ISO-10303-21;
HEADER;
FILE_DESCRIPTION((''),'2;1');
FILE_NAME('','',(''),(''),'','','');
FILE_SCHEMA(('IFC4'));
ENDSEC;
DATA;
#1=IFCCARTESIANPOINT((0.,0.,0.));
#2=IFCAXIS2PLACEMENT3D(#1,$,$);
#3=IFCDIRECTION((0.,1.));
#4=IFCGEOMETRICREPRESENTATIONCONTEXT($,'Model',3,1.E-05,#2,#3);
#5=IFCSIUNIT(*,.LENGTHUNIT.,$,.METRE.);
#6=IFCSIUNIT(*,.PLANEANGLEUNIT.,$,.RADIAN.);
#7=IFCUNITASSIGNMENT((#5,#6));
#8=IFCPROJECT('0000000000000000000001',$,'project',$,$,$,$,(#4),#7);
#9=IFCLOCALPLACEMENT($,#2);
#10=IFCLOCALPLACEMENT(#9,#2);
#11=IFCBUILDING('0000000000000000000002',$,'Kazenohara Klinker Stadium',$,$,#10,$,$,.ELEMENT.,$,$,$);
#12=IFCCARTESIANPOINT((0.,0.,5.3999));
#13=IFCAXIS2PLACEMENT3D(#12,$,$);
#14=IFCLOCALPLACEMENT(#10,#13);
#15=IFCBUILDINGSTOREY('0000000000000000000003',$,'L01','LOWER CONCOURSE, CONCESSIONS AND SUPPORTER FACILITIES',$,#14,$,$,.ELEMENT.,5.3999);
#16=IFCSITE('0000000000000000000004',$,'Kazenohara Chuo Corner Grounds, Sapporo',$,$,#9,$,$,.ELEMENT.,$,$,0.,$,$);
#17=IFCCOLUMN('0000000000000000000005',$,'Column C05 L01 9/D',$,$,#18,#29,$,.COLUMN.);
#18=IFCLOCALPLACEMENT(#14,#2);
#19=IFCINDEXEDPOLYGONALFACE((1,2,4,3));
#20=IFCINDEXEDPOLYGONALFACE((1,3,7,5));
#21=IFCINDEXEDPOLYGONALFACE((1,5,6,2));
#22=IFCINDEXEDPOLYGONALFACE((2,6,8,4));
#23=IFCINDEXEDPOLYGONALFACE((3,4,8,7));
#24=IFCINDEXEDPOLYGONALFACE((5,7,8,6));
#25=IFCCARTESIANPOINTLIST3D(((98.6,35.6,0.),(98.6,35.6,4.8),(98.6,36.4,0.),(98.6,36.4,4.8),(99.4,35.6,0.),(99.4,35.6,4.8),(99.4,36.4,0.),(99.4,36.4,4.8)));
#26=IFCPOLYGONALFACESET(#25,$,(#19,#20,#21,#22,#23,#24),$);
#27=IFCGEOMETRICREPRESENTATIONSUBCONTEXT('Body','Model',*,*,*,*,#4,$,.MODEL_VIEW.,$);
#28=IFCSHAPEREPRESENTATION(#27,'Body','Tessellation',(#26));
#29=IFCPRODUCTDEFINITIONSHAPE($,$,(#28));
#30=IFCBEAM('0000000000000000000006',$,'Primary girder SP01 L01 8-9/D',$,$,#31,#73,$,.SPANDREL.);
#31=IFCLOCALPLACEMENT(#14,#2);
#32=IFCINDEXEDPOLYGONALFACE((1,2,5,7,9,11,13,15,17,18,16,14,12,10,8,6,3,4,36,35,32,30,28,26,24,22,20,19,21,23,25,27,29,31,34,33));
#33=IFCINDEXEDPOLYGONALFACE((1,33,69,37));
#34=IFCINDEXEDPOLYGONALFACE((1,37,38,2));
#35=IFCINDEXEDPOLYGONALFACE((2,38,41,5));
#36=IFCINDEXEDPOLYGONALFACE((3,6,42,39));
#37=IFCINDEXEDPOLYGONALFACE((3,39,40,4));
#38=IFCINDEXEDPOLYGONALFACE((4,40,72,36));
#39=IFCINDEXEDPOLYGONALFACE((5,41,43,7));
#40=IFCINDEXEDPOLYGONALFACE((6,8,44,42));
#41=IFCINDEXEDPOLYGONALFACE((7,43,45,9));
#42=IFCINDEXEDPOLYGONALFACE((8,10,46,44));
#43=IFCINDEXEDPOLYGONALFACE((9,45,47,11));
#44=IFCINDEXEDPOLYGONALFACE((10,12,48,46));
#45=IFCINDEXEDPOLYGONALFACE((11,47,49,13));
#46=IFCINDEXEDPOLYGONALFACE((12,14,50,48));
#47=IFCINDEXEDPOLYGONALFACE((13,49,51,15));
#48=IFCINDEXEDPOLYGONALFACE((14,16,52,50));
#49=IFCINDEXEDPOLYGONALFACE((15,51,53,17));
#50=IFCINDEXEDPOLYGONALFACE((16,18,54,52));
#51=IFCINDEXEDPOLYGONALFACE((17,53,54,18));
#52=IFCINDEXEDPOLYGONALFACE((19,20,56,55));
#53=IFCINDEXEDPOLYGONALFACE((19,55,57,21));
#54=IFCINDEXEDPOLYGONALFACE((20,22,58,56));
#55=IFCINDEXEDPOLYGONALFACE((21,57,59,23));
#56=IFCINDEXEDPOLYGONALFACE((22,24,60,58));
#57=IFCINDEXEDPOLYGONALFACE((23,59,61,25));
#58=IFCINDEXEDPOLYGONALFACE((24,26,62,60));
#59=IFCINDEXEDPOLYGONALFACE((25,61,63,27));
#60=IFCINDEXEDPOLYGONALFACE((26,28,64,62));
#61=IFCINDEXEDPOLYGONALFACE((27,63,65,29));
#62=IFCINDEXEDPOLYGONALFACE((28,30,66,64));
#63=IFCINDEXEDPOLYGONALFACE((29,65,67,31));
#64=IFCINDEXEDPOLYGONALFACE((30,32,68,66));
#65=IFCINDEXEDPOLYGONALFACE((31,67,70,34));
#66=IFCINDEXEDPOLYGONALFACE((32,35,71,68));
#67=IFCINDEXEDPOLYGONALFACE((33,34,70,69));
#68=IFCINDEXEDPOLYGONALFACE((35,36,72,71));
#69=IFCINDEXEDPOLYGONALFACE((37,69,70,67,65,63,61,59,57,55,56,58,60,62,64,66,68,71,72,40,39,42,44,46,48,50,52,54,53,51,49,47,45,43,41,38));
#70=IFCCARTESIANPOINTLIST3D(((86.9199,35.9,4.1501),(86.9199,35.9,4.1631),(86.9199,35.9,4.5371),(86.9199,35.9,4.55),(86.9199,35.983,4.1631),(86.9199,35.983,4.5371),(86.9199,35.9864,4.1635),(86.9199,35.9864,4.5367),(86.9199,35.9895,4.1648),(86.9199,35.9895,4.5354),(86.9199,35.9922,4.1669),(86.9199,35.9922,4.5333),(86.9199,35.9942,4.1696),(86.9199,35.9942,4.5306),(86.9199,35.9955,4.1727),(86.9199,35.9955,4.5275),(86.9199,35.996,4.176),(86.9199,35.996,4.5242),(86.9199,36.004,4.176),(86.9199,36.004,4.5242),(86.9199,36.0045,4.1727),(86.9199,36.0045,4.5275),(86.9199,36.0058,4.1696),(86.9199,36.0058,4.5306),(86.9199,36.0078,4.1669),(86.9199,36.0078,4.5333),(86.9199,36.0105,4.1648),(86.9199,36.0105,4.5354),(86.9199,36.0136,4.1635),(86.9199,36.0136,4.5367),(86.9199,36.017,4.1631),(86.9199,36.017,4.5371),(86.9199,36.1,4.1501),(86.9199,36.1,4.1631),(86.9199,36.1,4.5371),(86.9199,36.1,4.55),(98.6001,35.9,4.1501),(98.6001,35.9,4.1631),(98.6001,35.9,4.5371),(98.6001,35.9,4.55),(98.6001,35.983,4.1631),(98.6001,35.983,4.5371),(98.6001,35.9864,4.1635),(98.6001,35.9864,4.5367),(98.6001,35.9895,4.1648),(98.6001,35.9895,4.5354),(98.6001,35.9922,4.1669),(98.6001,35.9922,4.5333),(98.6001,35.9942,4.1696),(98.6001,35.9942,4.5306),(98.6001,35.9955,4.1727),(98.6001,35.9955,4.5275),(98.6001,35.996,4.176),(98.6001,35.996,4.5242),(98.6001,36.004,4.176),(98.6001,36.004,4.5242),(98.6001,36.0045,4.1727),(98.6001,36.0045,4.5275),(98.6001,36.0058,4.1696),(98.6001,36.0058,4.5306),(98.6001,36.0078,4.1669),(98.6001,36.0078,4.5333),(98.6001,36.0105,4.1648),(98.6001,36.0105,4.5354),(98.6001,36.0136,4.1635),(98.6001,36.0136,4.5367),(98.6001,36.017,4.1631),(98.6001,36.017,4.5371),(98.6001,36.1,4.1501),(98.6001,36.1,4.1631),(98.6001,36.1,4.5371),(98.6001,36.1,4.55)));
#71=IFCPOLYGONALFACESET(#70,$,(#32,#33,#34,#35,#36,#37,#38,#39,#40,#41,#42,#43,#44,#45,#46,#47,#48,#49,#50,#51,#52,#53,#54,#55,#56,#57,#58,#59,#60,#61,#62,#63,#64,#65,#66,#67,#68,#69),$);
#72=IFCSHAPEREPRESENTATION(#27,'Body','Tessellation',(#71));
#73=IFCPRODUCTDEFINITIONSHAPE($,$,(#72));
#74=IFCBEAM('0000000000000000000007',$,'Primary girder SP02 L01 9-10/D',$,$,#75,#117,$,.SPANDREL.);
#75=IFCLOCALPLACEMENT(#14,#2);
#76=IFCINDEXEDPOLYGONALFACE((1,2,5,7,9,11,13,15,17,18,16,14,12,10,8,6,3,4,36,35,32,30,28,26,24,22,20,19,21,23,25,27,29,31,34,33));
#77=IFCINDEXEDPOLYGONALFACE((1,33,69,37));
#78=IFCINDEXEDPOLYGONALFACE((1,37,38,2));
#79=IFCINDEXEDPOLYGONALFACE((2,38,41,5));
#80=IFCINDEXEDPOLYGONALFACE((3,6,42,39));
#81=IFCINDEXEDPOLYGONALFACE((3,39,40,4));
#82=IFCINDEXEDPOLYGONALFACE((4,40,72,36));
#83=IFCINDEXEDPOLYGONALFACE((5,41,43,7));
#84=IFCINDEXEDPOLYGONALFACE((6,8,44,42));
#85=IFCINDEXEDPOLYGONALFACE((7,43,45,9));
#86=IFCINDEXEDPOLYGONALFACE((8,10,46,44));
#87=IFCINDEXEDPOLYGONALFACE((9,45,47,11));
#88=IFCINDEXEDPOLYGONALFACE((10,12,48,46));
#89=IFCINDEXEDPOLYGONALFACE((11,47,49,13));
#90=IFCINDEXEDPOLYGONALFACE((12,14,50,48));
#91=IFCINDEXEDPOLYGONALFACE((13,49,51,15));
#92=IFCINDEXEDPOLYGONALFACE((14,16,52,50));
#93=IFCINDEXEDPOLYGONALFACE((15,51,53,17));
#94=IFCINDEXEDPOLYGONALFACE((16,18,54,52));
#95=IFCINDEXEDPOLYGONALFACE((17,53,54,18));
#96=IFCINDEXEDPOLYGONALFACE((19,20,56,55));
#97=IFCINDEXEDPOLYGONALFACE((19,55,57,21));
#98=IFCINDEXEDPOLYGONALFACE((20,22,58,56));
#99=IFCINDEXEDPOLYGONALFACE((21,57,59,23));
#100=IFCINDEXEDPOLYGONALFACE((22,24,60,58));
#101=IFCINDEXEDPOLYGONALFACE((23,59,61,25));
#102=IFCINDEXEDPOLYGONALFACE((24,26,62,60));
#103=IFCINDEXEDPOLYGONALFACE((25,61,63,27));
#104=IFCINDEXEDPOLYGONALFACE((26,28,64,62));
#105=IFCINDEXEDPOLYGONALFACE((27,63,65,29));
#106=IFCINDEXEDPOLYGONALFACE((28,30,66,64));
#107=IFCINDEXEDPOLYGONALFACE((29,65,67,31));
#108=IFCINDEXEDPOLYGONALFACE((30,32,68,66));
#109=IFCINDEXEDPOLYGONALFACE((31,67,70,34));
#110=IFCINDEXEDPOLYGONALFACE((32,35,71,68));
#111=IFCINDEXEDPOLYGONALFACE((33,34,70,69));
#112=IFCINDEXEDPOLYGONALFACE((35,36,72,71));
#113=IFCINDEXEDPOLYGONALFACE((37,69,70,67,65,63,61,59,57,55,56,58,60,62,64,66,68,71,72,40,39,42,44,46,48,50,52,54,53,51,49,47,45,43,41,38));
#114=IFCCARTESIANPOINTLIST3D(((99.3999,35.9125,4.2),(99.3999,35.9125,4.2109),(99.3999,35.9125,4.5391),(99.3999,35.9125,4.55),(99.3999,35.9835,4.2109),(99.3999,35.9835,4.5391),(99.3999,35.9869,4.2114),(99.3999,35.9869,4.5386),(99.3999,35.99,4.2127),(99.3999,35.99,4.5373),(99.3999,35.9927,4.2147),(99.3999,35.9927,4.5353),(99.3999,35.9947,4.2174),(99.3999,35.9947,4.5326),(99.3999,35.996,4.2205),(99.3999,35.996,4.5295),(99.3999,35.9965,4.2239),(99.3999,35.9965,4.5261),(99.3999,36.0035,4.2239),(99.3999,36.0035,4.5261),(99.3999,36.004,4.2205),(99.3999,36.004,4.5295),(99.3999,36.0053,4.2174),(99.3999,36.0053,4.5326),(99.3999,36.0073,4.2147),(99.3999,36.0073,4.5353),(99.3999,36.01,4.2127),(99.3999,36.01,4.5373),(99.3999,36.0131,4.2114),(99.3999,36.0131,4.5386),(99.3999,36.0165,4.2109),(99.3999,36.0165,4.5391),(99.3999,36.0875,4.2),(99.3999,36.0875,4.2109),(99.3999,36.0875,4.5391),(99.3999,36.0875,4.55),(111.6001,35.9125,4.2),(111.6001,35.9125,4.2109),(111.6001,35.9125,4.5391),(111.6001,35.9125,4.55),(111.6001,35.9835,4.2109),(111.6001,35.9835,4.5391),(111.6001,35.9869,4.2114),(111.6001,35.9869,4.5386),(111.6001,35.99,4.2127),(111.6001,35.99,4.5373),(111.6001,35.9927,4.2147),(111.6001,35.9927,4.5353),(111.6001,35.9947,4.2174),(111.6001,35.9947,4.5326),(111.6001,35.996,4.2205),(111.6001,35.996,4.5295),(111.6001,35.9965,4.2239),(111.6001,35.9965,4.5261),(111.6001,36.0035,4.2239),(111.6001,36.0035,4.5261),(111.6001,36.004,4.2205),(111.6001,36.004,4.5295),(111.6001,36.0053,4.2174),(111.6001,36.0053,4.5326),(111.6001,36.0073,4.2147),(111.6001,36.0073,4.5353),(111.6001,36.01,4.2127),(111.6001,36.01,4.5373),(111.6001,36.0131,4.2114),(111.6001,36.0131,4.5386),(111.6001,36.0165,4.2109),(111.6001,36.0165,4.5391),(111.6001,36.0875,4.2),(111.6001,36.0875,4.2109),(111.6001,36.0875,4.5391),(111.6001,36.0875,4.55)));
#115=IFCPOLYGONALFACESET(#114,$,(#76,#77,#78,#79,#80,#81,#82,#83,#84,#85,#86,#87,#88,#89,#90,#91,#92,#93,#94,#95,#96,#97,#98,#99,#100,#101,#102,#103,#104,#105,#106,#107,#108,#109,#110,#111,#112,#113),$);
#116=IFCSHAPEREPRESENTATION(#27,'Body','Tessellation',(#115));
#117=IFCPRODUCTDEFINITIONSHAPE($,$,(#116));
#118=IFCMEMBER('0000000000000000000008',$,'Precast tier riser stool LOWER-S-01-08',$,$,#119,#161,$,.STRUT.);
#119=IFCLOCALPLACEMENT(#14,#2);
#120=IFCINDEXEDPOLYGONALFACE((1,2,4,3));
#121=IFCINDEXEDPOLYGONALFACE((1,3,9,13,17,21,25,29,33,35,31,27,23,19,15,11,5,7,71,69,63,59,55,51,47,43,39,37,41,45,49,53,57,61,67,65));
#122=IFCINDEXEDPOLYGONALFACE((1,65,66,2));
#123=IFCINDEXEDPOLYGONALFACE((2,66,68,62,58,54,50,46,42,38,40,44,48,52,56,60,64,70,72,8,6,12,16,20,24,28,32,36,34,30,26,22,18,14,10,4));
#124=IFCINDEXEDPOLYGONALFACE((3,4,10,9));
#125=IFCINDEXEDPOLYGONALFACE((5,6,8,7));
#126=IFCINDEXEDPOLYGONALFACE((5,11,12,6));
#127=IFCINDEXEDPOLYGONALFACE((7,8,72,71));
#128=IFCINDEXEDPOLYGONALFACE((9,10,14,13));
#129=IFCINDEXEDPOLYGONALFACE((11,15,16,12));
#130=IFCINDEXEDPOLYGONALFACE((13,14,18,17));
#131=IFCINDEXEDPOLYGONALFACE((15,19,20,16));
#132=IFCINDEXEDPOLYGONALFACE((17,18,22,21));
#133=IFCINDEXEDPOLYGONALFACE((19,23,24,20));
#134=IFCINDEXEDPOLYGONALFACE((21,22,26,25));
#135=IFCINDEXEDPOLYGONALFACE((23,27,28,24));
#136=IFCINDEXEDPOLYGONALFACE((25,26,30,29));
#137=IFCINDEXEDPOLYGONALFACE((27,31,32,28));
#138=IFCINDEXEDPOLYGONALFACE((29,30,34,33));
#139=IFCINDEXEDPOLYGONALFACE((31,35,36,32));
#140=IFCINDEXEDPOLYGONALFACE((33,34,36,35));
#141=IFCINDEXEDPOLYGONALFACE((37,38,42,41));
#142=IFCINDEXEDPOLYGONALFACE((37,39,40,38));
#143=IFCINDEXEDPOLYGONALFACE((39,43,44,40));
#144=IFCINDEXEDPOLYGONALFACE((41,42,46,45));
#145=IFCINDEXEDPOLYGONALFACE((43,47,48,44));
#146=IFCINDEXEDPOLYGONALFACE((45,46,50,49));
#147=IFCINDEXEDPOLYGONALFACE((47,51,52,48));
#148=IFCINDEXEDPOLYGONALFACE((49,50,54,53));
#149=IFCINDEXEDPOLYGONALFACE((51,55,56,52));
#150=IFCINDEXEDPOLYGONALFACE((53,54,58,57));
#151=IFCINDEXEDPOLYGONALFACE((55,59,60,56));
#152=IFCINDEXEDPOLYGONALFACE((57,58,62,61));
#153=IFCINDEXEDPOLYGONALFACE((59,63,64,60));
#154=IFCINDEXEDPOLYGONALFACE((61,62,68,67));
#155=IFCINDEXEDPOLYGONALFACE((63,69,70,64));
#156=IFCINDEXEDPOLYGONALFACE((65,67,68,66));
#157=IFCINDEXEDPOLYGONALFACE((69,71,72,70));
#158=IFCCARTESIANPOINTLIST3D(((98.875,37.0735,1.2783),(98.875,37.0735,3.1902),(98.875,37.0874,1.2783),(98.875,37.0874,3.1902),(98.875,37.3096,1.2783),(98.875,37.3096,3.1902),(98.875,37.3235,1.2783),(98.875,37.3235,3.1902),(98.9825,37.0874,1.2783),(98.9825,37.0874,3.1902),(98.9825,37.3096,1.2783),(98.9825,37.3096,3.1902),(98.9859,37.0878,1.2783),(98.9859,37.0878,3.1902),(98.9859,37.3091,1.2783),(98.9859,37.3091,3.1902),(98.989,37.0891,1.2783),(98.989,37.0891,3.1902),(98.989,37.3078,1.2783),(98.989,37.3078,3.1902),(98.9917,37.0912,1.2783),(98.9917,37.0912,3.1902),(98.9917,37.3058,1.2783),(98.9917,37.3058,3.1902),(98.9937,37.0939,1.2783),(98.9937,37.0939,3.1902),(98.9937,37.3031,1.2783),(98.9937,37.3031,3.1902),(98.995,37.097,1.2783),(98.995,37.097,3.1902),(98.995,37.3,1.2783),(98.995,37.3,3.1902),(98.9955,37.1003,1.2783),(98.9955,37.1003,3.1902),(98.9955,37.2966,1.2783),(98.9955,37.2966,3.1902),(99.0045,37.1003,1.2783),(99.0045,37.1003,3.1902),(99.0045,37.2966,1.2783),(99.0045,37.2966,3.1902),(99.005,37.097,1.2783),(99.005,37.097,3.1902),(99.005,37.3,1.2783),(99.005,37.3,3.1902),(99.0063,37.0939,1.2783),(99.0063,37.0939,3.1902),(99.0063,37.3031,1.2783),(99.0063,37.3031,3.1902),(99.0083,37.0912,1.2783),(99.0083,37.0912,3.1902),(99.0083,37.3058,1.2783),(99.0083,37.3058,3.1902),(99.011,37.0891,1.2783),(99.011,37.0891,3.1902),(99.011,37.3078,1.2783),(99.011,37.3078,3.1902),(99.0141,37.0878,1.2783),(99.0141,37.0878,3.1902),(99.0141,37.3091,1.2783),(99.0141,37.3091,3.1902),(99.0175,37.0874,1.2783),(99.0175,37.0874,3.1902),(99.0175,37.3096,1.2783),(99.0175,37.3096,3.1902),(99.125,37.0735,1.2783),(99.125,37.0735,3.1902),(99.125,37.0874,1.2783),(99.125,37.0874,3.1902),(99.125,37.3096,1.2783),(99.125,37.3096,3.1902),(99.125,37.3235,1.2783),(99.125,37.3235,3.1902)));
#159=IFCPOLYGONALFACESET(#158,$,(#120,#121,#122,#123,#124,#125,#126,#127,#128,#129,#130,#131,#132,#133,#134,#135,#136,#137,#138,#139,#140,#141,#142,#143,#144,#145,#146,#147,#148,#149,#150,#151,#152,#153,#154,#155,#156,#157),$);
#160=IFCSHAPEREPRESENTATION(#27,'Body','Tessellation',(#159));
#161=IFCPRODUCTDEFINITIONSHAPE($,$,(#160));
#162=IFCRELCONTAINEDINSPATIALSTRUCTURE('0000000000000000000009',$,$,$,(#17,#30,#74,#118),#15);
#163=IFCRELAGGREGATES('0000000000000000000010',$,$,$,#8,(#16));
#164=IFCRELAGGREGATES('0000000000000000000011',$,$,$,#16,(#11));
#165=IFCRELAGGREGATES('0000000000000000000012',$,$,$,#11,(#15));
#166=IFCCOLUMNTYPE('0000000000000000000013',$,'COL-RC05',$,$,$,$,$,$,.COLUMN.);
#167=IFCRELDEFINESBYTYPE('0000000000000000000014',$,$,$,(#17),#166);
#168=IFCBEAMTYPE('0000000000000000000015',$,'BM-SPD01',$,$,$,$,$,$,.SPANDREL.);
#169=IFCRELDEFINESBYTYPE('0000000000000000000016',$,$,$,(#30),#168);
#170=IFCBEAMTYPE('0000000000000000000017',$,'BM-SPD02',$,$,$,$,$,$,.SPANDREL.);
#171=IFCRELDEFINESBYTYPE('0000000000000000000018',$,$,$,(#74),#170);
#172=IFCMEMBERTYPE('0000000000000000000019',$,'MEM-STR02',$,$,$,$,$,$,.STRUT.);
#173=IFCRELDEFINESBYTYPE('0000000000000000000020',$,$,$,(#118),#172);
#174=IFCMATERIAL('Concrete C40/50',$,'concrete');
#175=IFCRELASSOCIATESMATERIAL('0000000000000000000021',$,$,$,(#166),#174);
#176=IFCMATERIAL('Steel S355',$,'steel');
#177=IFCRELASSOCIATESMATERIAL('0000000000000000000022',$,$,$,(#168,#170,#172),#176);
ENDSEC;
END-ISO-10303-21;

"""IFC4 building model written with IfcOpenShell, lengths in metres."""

from ifc_helpers import new_model, si_unit, direction, frame, origin, origin_2d, place, context, subcontext, project, spatial, rectangle, i_section, extrude, material, material_profile, profile_set, type_object, element, save


model = new_model("IFC4")

# Units and contexts
model_context = context("Model", 3, precision=1e-05, world=origin(), true_north=direction((0.0, 1.0)))
body_context = subcontext(model_context, "Body", "Model", "MODEL_VIEW")
ifc_project = project(units=[si_unit("LENGTHUNIT", "METRE"), si_unit("PLANEANGLEUNIT", "RADIAN")], contexts=[model_context])

# Site, building, storey
site_placement = place(None, origin())
site = spatial("IfcSite", under=ifc_project, at=site_placement, Name="Kazenohara Chuo Corner Grounds, Sapporo", CompositionType="ELEMENT", RefElevation=0.0)
building_placement = place(site_placement, origin())
building = spatial("IfcBuilding", under=site, at=building_placement, Name="Kazenohara Klinker Stadium", CompositionType="ELEMENT")
storey_placement = place(building_placement, frame((0.0, 0.0, 5.3999)))
storey = spatial("IfcBuildingStorey", under=building, at=storey_placement, Name="L01", Description="LOWER CONCOURSE, CONCESSIONS AND SUPPORTER FACILITIES", CompositionType="ELEMENT", Elevation=5.3999)

# Column
ifc_material_1 = material(Name="Concrete C40/50", Category="concrete")
ifc_material_profile_1 = material_profile(ifc_material_1, rectangle(XDim=0.8, YDim=0.8, at=origin_2d()), Name="RC-COL-800x800")
ifc_profile_set_1 = profile_set([ifc_material_profile_1], Name="Concrete C40/50")
column_type = type_object("IfcColumnType", Name="COL-RC05", PredefinedType="COLUMN", material=ifc_profile_set_1)
column_placement = place(storey_placement, frame((99.0, 36.0, 0.0), z_axis=(0.0, 0.0, 1.0), x_axis=(1.0, 0.0, 0.0)))
element("IfcColumn", 1, at=column_placement, inside=storey, type_object=column_type, Name="Column C05 L01 9/D", PredefinedType="COLUMN", context=body_context, shape_type="SweptSolid", body=[
    extrude(rectangle(XDim=0.8, YDim=0.8, at=origin_2d()), origin(), (0.0, 0.0, 1.0), 4.8),
])

# Beams
ifc_material_2 = material(Name="Steel S355", Category="steel")
ifc_material_profile_2 = material_profile(ifc_material_2, i_section(OverallWidth=0.2, OverallDepth=0.3999, WebThickness=0.0081, FlangeThickness=0.0129, FilletRadius=0.0129, at=origin_2d()), Name="H-400x200x8x13")
ifc_profile_set_2 = profile_set([ifc_material_profile_2], Name="Steel S355")
beam_type_1 = type_object("IfcBeamType", Name="BM-SPD01", PredefinedType="SPANDREL", material=ifc_profile_set_2)
beam_1_placement = place(storey_placement, frame((86.9199, 36.0, 4.3501), z_axis=(1.0, 0.0, 0.0), x_axis=(0.0, 1.0, 0.0)))
element("IfcBeam", 2, at=beam_1_placement, inside=storey, type_object=beam_type_1, Name="Primary girder SP01 L01 8-9/D", PredefinedType="SPANDREL", context=body_context, shape_type="SweptSolid", body=[
    extrude(i_section(OverallWidth=0.2, OverallDepth=0.3999, WebThickness=0.0081, FlangeThickness=0.0129, FilletRadius=0.0129, at=origin_2d()), origin(), (0.0, 0.0, 1.0), 11.6802),
])
ifc_material_profile_3 = material_profile(ifc_material_2, i_section(OverallWidth=0.175, OverallDepth=0.3501, WebThickness=0.0071, FlangeThickness=0.011, FilletRadius=0.0129, at=origin_2d()), Name="H-350x175x7x11")
ifc_profile_set_3 = profile_set([ifc_material_profile_3], Name="Steel S355")
beam_type_2 = type_object("IfcBeamType", Name="BM-SPD02", PredefinedType="SPANDREL", material=ifc_profile_set_3)
beam_2_placement = place(storey_placement, frame((99.3999, 36.0, 4.375), z_axis=(1.0, 0.0, 0.0), x_axis=(0.0, 1.0, 0.0)))
element("IfcBeam", 3, at=beam_2_placement, inside=storey, type_object=beam_type_2, Name="Primary girder SP02 L01 9-10/D", PredefinedType="SPANDREL", context=body_context, shape_type="SweptSolid", body=[
    extrude(i_section(OverallWidth=0.175, OverallDepth=0.3501, WebThickness=0.0071, FlangeThickness=0.011, FilletRadius=0.0129, at=origin_2d()), origin(), (0.0, 0.0, 1.0), 12.2002),
])

# Member
ifc_material_profile_4 = material_profile(ifc_material_2, i_section(OverallWidth=0.25, OverallDepth=0.25, WebThickness=0.009, FlangeThickness=0.0139, FilletRadius=0.0129, at=origin_2d()), Name="H-250x250x9x14")
ifc_profile_set_4 = profile_set([ifc_material_profile_4], Name="Steel S355")
member_type = type_object("IfcMemberType", Name="MEM-STR02", PredefinedType="STRUT", material=ifc_profile_set_4)
member_1_placement = place(storey_placement, frame((99.0, 37.1985, 1.2783), z_axis=(0.0, 0.0, 1.0), x_axis=(1.0, 0.0, 0.0)))
element("IfcMember", 4, at=member_1_placement, inside=storey, type_object=member_type, Name="Precast tier riser stool LOWER-S-01-08", PredefinedType="STRUT", context=body_context, shape_type="SweptSolid", body=[
    extrude(i_section(OverallWidth=0.25, OverallDepth=0.25, WebThickness=0.009, FlangeThickness=0.0139, FilletRadius=0.0129, at=origin_2d()), origin(), (0.0, 0.0, 1.0), 1.9119),
])

save(model, "model.ifc")
